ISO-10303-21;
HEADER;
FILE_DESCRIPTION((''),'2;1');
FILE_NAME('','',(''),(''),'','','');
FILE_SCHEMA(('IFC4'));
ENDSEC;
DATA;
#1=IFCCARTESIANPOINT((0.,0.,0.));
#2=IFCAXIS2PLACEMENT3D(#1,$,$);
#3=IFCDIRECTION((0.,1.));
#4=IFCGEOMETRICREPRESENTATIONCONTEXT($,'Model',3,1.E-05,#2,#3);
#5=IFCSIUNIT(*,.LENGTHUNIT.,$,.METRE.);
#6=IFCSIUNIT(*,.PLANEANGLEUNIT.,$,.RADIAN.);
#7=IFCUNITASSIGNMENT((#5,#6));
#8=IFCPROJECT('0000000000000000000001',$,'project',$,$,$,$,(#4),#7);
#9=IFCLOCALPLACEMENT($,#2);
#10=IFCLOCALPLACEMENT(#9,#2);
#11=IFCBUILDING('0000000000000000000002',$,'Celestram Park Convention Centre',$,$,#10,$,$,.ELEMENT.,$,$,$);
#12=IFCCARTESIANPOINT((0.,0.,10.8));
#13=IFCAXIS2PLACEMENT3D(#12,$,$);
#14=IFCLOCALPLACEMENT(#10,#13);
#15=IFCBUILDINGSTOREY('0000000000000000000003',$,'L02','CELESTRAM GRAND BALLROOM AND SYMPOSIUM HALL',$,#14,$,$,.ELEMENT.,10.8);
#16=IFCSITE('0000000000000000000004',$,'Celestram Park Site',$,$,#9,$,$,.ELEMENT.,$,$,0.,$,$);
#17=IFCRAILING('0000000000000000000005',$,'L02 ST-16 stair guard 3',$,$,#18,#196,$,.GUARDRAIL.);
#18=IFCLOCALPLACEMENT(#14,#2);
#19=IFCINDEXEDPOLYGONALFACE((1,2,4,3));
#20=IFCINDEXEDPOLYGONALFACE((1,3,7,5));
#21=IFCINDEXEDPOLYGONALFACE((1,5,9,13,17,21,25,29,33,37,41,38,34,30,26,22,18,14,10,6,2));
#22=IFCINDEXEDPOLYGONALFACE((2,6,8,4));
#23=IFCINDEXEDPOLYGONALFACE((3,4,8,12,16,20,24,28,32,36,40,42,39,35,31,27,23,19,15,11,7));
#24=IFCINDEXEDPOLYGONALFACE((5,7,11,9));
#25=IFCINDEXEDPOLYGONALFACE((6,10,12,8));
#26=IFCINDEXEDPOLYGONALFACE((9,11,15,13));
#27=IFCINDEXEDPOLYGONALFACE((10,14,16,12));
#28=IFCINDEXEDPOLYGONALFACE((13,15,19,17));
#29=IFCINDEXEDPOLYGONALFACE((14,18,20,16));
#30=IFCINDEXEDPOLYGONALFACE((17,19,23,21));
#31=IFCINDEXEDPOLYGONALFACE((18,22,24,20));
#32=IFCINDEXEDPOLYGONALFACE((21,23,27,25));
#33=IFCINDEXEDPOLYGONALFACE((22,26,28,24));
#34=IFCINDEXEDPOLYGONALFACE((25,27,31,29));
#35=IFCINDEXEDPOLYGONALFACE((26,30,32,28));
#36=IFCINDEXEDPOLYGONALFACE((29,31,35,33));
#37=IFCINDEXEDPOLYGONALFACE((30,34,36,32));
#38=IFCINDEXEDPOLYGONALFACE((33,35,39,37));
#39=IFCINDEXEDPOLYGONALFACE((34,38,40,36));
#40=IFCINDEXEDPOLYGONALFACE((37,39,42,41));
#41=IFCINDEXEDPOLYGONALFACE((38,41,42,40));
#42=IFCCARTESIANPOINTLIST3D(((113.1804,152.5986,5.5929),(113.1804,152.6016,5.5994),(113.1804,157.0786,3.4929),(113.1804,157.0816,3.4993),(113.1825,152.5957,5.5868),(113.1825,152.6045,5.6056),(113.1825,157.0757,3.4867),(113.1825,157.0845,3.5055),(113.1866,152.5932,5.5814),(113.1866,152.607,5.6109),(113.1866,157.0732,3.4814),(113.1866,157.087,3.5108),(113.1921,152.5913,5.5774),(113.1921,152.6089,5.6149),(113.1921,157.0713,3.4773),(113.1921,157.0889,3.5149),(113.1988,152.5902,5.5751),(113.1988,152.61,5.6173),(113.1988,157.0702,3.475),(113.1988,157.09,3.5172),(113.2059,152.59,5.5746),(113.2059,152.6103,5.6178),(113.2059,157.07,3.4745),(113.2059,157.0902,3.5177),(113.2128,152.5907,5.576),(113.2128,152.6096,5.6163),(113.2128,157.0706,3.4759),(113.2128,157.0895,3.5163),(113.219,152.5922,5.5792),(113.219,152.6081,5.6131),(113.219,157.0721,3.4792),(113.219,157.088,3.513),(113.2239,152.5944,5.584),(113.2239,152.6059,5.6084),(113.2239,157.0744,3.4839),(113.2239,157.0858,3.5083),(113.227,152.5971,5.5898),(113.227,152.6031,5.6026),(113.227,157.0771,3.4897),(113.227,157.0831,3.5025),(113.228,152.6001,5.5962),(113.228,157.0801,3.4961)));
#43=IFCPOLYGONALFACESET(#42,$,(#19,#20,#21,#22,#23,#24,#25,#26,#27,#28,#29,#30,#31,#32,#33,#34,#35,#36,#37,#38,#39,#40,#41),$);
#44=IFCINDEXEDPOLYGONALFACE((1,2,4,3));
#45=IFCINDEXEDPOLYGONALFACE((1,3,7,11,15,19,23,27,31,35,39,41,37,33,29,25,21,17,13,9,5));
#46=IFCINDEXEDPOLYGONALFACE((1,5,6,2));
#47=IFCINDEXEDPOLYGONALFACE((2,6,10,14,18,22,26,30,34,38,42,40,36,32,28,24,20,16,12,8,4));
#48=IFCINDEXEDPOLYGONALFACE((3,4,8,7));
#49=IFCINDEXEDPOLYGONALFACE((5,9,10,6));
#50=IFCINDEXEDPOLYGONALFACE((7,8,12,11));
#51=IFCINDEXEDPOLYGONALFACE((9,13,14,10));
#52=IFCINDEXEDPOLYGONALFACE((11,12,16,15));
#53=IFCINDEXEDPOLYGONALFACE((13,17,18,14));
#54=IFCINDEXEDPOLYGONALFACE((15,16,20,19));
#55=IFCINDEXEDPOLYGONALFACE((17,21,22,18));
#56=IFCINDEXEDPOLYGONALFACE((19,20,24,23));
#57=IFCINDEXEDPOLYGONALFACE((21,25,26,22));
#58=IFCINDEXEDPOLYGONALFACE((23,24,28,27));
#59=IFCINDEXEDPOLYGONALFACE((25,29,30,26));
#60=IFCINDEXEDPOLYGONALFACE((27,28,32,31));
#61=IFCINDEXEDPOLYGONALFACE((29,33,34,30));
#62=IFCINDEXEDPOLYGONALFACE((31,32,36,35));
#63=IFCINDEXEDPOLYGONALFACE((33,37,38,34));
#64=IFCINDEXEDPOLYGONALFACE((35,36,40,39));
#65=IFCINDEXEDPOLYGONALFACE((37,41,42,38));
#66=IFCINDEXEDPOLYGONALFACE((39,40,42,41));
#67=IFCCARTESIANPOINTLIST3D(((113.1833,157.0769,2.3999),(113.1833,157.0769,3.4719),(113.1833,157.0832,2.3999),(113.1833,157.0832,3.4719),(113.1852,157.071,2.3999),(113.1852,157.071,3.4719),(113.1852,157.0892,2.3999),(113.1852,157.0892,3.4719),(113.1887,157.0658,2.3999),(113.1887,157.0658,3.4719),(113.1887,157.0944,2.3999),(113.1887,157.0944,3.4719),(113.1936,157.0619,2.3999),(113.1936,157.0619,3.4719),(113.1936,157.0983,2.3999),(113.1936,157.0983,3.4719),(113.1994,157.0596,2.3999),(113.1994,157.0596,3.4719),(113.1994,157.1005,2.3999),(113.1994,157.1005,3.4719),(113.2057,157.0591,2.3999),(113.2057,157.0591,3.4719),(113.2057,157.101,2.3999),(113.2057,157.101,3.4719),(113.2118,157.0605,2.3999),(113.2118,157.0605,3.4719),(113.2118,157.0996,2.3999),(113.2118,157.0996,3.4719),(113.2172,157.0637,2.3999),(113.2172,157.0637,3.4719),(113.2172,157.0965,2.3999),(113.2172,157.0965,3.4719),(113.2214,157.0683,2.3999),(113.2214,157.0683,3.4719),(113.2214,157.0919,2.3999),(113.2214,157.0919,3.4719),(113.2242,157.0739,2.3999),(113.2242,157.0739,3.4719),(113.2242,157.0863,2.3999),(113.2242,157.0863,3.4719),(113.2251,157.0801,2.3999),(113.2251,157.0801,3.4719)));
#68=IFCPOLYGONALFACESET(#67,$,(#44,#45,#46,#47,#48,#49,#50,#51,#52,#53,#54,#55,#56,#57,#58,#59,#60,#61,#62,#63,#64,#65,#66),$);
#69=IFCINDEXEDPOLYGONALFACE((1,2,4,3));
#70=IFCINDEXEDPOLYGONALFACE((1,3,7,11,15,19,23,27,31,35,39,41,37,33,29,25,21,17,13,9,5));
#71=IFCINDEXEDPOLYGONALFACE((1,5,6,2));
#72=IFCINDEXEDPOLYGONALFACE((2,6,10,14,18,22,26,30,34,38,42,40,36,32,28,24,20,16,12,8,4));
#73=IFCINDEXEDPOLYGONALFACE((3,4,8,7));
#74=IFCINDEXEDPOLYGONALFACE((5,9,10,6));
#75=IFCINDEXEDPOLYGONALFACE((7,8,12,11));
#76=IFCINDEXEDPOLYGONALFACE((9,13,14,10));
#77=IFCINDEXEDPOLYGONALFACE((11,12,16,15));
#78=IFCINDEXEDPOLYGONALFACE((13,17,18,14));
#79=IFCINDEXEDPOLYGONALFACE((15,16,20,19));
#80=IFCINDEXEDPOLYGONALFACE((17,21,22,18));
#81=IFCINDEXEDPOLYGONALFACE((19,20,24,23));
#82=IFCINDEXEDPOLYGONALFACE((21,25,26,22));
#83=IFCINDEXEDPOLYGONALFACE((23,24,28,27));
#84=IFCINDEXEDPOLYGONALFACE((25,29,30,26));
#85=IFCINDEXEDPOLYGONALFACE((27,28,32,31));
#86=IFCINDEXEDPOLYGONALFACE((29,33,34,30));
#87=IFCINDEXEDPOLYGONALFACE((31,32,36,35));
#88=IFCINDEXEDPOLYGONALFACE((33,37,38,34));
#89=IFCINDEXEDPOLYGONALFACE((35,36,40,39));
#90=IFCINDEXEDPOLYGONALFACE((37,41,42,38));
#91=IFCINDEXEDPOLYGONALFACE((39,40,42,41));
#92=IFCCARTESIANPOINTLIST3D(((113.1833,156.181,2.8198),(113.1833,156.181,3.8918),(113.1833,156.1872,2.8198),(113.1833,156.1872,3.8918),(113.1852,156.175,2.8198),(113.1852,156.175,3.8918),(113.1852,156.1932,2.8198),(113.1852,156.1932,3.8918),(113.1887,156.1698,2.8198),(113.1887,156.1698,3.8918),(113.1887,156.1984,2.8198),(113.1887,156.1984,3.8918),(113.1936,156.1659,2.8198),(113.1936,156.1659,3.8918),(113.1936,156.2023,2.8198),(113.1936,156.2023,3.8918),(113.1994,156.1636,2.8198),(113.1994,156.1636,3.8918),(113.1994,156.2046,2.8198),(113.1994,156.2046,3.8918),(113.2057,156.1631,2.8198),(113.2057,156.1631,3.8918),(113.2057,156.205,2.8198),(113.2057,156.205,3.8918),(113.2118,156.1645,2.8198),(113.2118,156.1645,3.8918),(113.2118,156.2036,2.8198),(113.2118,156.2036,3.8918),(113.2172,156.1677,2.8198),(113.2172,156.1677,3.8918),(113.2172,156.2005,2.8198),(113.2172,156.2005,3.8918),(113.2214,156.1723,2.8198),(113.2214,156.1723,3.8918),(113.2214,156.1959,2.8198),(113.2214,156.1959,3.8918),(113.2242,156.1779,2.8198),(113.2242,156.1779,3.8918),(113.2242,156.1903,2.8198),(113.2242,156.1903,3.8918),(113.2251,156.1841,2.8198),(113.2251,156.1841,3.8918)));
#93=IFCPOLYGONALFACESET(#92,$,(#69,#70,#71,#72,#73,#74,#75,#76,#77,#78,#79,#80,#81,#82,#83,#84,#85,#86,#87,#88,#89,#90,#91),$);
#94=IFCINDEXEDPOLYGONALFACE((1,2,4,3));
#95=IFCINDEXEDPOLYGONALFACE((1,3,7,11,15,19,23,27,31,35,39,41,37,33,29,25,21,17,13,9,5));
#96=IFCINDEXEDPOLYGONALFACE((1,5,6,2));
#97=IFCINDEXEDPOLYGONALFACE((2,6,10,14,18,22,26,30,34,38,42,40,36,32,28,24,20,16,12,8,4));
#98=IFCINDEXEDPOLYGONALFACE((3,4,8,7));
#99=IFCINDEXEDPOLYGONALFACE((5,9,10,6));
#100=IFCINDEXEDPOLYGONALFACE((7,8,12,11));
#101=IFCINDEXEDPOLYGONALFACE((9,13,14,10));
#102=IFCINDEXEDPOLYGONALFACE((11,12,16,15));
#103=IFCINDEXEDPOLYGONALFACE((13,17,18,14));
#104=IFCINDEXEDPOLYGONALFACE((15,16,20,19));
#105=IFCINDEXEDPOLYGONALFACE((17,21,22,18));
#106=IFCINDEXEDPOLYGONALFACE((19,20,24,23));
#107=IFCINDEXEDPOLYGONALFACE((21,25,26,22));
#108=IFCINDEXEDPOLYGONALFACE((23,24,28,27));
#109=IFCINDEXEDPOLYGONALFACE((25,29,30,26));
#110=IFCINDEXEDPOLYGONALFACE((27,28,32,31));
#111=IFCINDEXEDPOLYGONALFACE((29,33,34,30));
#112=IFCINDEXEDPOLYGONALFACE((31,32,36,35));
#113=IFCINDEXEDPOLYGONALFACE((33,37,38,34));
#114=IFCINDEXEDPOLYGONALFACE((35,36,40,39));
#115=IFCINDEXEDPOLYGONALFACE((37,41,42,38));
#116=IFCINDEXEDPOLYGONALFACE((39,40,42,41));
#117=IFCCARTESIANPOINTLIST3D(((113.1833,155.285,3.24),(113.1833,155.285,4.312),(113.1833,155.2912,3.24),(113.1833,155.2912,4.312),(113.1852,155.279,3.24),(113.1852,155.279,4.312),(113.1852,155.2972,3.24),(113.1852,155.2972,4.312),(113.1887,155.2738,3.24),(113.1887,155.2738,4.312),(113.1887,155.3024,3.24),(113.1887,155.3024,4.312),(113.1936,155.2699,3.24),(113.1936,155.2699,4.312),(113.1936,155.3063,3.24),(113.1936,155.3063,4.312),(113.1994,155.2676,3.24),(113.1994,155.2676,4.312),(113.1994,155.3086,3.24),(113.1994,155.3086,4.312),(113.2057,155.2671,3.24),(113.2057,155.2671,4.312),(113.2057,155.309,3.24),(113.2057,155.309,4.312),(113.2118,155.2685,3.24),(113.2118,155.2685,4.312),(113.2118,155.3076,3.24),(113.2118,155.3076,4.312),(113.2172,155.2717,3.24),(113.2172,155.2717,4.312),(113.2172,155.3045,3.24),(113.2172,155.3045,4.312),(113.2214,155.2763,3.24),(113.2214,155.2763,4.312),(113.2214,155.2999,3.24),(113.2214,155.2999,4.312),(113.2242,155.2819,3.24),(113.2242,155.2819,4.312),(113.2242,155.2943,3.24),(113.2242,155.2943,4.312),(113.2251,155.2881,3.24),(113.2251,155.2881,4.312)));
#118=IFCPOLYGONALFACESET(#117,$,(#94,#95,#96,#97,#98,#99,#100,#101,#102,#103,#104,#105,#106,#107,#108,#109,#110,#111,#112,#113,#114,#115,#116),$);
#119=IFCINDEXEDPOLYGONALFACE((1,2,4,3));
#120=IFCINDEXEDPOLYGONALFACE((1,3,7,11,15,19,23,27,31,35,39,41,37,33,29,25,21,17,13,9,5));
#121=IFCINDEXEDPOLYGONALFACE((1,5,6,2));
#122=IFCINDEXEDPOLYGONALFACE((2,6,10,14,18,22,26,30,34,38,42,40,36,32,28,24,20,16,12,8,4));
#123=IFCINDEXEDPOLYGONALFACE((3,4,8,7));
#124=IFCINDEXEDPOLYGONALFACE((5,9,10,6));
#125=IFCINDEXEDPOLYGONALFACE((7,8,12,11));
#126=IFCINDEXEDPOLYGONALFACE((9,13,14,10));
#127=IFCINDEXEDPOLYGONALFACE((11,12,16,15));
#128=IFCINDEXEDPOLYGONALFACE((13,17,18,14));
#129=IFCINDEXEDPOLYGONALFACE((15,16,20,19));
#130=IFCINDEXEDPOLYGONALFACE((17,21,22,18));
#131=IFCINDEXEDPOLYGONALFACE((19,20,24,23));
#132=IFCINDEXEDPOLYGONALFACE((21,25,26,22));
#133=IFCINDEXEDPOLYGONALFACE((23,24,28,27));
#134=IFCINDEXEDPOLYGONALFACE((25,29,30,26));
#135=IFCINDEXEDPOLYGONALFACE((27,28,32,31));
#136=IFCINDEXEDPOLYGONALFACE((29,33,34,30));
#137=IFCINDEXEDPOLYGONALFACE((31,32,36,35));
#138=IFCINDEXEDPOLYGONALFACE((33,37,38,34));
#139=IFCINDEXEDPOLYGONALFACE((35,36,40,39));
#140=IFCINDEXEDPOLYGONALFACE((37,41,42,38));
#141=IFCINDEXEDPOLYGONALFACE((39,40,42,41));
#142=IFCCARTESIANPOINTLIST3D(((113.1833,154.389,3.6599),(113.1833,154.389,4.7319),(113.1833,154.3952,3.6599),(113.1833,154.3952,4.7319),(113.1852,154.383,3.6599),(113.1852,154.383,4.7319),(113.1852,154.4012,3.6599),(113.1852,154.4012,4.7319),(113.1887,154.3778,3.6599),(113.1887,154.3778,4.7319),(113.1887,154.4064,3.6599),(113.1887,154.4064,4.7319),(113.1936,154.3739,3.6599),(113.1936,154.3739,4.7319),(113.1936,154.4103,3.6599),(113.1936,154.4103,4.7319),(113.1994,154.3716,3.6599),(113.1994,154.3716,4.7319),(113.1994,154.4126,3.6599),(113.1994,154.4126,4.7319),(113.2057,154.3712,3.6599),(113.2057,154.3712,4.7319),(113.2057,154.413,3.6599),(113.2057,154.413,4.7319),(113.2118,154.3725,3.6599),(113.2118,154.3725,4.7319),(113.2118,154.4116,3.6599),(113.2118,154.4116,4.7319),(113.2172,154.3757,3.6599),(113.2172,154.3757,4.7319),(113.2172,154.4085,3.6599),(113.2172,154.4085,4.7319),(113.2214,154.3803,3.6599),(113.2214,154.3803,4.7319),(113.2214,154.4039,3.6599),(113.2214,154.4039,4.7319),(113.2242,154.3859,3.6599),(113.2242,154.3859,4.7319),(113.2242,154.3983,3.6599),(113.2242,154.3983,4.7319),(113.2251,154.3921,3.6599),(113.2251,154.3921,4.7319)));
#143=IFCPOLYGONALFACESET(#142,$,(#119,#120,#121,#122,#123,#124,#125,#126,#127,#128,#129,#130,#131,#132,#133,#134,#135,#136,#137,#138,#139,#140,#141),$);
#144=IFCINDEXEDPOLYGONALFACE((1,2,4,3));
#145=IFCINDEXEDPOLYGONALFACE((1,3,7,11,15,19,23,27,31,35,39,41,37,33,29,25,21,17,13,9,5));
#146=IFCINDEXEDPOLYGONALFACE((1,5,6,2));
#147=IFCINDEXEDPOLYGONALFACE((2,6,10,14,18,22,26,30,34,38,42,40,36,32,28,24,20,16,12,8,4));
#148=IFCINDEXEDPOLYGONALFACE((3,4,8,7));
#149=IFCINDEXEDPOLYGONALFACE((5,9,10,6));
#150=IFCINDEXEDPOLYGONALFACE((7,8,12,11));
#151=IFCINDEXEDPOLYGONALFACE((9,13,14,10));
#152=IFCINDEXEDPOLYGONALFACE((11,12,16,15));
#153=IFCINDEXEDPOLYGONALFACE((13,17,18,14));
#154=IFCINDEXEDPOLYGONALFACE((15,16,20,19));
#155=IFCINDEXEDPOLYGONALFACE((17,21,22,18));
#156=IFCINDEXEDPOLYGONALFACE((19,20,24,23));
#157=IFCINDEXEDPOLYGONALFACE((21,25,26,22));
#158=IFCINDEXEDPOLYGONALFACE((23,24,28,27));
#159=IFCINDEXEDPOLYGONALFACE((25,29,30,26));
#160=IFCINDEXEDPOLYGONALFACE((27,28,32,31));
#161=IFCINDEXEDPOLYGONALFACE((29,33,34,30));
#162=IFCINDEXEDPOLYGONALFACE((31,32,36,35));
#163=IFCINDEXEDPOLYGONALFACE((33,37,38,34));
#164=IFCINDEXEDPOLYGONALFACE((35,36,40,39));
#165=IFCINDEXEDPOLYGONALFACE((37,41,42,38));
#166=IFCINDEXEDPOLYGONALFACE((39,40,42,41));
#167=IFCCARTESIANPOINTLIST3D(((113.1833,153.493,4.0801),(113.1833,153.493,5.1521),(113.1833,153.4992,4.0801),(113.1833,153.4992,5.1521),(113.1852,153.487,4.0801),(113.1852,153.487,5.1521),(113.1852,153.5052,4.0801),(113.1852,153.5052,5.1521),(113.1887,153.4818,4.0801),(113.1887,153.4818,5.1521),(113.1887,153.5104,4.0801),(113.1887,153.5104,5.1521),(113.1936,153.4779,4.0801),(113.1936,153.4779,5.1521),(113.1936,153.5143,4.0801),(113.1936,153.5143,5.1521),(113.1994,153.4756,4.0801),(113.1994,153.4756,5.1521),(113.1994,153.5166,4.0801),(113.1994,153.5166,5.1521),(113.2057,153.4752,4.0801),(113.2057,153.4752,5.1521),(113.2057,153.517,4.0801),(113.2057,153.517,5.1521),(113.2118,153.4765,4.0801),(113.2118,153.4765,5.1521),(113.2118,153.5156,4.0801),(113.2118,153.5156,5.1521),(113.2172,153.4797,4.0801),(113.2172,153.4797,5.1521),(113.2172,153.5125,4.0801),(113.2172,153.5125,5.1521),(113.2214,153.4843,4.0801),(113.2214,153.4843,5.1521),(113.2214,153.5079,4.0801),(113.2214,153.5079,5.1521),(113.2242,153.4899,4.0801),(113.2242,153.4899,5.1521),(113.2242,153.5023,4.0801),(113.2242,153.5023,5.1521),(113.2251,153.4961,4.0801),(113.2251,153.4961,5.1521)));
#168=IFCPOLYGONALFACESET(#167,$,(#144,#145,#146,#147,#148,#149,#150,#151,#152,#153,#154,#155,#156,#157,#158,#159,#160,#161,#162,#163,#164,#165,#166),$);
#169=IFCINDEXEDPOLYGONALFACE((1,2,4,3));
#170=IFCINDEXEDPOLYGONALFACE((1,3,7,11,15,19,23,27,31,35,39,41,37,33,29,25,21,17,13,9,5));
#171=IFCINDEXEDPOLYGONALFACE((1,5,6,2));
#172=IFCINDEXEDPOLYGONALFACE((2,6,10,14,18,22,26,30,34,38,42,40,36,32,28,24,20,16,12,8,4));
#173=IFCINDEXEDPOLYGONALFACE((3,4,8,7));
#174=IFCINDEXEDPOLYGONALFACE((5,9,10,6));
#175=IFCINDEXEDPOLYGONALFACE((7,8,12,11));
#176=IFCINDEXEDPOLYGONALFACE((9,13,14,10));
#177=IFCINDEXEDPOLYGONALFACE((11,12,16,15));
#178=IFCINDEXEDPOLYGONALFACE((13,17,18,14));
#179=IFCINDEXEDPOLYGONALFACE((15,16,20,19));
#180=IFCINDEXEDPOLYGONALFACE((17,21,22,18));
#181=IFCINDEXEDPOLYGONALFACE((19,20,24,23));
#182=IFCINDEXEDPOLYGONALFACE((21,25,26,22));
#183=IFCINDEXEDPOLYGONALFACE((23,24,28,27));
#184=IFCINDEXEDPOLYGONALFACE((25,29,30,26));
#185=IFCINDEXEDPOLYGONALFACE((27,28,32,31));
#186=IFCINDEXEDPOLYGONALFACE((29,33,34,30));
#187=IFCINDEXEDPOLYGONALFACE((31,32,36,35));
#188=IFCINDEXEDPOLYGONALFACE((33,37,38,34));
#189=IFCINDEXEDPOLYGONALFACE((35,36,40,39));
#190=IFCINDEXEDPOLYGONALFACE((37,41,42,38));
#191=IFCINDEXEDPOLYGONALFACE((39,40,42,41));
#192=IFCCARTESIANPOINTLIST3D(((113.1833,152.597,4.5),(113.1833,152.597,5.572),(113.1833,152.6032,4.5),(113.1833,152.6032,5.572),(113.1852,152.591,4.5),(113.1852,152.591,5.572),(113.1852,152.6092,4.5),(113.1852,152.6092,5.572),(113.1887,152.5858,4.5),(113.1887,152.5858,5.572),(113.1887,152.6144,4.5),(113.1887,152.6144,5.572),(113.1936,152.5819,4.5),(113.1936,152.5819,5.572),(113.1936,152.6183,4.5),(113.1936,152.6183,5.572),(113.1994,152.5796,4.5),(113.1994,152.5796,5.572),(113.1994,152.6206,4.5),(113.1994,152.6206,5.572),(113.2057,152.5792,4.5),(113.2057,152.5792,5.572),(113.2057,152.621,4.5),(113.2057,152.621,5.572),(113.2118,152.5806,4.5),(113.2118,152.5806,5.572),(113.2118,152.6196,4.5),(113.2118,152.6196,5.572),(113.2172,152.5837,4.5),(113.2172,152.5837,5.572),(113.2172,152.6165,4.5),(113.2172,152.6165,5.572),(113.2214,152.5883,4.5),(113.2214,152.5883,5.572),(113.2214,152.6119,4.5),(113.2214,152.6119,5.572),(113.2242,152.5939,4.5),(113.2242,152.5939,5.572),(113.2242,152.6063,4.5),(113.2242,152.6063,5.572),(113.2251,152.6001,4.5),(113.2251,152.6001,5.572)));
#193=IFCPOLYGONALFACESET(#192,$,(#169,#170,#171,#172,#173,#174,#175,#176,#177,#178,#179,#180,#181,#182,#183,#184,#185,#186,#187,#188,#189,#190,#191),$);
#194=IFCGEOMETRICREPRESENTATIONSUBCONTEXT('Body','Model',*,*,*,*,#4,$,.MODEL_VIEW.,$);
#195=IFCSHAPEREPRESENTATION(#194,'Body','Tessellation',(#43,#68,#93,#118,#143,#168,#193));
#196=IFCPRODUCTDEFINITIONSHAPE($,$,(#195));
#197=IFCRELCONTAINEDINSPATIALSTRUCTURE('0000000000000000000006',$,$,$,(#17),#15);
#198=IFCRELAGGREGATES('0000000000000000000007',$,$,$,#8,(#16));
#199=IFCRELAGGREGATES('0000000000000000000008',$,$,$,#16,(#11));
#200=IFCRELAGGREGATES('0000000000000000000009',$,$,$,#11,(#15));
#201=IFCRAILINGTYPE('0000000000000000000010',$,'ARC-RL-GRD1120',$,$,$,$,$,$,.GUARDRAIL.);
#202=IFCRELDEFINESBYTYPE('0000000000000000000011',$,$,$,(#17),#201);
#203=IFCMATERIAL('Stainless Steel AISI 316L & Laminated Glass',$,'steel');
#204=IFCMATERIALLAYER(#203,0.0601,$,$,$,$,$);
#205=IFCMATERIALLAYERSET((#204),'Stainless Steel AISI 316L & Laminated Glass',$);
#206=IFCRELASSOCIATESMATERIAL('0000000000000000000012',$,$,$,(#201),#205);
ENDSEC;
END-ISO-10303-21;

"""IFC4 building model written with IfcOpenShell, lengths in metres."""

from ifc_helpers import new_model, si_unit, direction, frame, origin, origin_2d, place, context, subcontext, project, spatial, circle, extrude, material, layer, layer_set, type_object, element, save


model = new_model("IFC4")

# Units and contexts
model_context = context("Model", 3, precision=1e-05, world=origin(), true_north=direction((0.0, 1.0)))
body_context = subcontext(model_context, "Body", "Model", "MODEL_VIEW")
ifc_project = project(units=[si_unit("LENGTHUNIT", "METRE"), si_unit("PLANEANGLEUNIT", "RADIAN")], contexts=[model_context])

# Site, building, storey
site_placement = place(None, origin())
site = spatial("IfcSite", under=ifc_project, at=site_placement, Name="Celestram Park Site", CompositionType="ELEMENT", RefElevation=0.0)
building_placement = place(site_placement, origin())
building = spatial("IfcBuilding", under=site, at=building_placement, Name="Celestram Park Convention Centre", CompositionType="ELEMENT")
storey_placement = place(building_placement, frame((0.0, 0.0, 10.8)))
storey = spatial("IfcBuildingStorey", under=building, at=storey_placement, Name="L02", Description="CELESTRAM GRAND BALLROOM AND SYMPOSIUM HALL", CompositionType="ELEMENT", Elevation=10.8)

# Railing
ifc_material_1 = material(Name="Stainless Steel AISI 316L & Laminated Glass", Category="steel")
ifc_layer_1 = layer(ifc_material_1, 0.0601)
ifc_layer_set_1 = layer_set([ifc_layer_1], Name="Stainless Steel AISI 316L & Laminated Glass")
railing_type_1 = type_object("IfcRailingType", Name="ARC-RL-GRD1120", PredefinedType="GUARDRAIL", material=ifc_layer_set_1)
railing_1_placement = place(storey_placement, frame((113.2041, 157.0801, 2.3999)))
element("IfcRailing", 1, at=railing_1_placement, inside=storey, type_object=railing_type_1, Name="L02 ST-16 stair guard 3", PredefinedType="GUARDRAIL", context=body_context, shape_type="SweptSolid", body=[
    extrude(circle(Radius=0.0239, at=origin_2d()), frame((0.0, 0.0, 1.0962), z_axis=(0.0, -0.905451, 0.424452), x_axis=(1.0, 0.0, 0.0)), (0.0, 0.0, 1.0), 4.9478),
    extrude(circle(Radius=0.021, at=origin_2d()), origin(), (0.0, 0.0, 1.0), 1.072),
    extrude(circle(Radius=0.021, at=origin_2d()), frame((0.0, -0.896, 0.4199)), (0.0, 0.0, 1.0), 1.072),
    extrude(circle(Radius=0.021, at=origin_2d()), frame((0.0, -1.792, 0.8401)), (0.0, 0.0, 1.0), 1.072),
    extrude(circle(Radius=0.021, at=origin_2d()), frame((0.0, -2.688, 1.26)), (0.0, 0.0, 1.0), 1.072),
    extrude(circle(Radius=0.021, at=origin_2d()), frame((0.0, -3.584, 1.6802)), (0.0, 0.0, 1.0), 1.072),
    extrude(circle(Radius=0.021, at=origin_2d()), frame((0.0, -4.48, 2.1001)), (0.0, 0.0, 1.0), 1.072),
])

save(model, "model.ifc")
